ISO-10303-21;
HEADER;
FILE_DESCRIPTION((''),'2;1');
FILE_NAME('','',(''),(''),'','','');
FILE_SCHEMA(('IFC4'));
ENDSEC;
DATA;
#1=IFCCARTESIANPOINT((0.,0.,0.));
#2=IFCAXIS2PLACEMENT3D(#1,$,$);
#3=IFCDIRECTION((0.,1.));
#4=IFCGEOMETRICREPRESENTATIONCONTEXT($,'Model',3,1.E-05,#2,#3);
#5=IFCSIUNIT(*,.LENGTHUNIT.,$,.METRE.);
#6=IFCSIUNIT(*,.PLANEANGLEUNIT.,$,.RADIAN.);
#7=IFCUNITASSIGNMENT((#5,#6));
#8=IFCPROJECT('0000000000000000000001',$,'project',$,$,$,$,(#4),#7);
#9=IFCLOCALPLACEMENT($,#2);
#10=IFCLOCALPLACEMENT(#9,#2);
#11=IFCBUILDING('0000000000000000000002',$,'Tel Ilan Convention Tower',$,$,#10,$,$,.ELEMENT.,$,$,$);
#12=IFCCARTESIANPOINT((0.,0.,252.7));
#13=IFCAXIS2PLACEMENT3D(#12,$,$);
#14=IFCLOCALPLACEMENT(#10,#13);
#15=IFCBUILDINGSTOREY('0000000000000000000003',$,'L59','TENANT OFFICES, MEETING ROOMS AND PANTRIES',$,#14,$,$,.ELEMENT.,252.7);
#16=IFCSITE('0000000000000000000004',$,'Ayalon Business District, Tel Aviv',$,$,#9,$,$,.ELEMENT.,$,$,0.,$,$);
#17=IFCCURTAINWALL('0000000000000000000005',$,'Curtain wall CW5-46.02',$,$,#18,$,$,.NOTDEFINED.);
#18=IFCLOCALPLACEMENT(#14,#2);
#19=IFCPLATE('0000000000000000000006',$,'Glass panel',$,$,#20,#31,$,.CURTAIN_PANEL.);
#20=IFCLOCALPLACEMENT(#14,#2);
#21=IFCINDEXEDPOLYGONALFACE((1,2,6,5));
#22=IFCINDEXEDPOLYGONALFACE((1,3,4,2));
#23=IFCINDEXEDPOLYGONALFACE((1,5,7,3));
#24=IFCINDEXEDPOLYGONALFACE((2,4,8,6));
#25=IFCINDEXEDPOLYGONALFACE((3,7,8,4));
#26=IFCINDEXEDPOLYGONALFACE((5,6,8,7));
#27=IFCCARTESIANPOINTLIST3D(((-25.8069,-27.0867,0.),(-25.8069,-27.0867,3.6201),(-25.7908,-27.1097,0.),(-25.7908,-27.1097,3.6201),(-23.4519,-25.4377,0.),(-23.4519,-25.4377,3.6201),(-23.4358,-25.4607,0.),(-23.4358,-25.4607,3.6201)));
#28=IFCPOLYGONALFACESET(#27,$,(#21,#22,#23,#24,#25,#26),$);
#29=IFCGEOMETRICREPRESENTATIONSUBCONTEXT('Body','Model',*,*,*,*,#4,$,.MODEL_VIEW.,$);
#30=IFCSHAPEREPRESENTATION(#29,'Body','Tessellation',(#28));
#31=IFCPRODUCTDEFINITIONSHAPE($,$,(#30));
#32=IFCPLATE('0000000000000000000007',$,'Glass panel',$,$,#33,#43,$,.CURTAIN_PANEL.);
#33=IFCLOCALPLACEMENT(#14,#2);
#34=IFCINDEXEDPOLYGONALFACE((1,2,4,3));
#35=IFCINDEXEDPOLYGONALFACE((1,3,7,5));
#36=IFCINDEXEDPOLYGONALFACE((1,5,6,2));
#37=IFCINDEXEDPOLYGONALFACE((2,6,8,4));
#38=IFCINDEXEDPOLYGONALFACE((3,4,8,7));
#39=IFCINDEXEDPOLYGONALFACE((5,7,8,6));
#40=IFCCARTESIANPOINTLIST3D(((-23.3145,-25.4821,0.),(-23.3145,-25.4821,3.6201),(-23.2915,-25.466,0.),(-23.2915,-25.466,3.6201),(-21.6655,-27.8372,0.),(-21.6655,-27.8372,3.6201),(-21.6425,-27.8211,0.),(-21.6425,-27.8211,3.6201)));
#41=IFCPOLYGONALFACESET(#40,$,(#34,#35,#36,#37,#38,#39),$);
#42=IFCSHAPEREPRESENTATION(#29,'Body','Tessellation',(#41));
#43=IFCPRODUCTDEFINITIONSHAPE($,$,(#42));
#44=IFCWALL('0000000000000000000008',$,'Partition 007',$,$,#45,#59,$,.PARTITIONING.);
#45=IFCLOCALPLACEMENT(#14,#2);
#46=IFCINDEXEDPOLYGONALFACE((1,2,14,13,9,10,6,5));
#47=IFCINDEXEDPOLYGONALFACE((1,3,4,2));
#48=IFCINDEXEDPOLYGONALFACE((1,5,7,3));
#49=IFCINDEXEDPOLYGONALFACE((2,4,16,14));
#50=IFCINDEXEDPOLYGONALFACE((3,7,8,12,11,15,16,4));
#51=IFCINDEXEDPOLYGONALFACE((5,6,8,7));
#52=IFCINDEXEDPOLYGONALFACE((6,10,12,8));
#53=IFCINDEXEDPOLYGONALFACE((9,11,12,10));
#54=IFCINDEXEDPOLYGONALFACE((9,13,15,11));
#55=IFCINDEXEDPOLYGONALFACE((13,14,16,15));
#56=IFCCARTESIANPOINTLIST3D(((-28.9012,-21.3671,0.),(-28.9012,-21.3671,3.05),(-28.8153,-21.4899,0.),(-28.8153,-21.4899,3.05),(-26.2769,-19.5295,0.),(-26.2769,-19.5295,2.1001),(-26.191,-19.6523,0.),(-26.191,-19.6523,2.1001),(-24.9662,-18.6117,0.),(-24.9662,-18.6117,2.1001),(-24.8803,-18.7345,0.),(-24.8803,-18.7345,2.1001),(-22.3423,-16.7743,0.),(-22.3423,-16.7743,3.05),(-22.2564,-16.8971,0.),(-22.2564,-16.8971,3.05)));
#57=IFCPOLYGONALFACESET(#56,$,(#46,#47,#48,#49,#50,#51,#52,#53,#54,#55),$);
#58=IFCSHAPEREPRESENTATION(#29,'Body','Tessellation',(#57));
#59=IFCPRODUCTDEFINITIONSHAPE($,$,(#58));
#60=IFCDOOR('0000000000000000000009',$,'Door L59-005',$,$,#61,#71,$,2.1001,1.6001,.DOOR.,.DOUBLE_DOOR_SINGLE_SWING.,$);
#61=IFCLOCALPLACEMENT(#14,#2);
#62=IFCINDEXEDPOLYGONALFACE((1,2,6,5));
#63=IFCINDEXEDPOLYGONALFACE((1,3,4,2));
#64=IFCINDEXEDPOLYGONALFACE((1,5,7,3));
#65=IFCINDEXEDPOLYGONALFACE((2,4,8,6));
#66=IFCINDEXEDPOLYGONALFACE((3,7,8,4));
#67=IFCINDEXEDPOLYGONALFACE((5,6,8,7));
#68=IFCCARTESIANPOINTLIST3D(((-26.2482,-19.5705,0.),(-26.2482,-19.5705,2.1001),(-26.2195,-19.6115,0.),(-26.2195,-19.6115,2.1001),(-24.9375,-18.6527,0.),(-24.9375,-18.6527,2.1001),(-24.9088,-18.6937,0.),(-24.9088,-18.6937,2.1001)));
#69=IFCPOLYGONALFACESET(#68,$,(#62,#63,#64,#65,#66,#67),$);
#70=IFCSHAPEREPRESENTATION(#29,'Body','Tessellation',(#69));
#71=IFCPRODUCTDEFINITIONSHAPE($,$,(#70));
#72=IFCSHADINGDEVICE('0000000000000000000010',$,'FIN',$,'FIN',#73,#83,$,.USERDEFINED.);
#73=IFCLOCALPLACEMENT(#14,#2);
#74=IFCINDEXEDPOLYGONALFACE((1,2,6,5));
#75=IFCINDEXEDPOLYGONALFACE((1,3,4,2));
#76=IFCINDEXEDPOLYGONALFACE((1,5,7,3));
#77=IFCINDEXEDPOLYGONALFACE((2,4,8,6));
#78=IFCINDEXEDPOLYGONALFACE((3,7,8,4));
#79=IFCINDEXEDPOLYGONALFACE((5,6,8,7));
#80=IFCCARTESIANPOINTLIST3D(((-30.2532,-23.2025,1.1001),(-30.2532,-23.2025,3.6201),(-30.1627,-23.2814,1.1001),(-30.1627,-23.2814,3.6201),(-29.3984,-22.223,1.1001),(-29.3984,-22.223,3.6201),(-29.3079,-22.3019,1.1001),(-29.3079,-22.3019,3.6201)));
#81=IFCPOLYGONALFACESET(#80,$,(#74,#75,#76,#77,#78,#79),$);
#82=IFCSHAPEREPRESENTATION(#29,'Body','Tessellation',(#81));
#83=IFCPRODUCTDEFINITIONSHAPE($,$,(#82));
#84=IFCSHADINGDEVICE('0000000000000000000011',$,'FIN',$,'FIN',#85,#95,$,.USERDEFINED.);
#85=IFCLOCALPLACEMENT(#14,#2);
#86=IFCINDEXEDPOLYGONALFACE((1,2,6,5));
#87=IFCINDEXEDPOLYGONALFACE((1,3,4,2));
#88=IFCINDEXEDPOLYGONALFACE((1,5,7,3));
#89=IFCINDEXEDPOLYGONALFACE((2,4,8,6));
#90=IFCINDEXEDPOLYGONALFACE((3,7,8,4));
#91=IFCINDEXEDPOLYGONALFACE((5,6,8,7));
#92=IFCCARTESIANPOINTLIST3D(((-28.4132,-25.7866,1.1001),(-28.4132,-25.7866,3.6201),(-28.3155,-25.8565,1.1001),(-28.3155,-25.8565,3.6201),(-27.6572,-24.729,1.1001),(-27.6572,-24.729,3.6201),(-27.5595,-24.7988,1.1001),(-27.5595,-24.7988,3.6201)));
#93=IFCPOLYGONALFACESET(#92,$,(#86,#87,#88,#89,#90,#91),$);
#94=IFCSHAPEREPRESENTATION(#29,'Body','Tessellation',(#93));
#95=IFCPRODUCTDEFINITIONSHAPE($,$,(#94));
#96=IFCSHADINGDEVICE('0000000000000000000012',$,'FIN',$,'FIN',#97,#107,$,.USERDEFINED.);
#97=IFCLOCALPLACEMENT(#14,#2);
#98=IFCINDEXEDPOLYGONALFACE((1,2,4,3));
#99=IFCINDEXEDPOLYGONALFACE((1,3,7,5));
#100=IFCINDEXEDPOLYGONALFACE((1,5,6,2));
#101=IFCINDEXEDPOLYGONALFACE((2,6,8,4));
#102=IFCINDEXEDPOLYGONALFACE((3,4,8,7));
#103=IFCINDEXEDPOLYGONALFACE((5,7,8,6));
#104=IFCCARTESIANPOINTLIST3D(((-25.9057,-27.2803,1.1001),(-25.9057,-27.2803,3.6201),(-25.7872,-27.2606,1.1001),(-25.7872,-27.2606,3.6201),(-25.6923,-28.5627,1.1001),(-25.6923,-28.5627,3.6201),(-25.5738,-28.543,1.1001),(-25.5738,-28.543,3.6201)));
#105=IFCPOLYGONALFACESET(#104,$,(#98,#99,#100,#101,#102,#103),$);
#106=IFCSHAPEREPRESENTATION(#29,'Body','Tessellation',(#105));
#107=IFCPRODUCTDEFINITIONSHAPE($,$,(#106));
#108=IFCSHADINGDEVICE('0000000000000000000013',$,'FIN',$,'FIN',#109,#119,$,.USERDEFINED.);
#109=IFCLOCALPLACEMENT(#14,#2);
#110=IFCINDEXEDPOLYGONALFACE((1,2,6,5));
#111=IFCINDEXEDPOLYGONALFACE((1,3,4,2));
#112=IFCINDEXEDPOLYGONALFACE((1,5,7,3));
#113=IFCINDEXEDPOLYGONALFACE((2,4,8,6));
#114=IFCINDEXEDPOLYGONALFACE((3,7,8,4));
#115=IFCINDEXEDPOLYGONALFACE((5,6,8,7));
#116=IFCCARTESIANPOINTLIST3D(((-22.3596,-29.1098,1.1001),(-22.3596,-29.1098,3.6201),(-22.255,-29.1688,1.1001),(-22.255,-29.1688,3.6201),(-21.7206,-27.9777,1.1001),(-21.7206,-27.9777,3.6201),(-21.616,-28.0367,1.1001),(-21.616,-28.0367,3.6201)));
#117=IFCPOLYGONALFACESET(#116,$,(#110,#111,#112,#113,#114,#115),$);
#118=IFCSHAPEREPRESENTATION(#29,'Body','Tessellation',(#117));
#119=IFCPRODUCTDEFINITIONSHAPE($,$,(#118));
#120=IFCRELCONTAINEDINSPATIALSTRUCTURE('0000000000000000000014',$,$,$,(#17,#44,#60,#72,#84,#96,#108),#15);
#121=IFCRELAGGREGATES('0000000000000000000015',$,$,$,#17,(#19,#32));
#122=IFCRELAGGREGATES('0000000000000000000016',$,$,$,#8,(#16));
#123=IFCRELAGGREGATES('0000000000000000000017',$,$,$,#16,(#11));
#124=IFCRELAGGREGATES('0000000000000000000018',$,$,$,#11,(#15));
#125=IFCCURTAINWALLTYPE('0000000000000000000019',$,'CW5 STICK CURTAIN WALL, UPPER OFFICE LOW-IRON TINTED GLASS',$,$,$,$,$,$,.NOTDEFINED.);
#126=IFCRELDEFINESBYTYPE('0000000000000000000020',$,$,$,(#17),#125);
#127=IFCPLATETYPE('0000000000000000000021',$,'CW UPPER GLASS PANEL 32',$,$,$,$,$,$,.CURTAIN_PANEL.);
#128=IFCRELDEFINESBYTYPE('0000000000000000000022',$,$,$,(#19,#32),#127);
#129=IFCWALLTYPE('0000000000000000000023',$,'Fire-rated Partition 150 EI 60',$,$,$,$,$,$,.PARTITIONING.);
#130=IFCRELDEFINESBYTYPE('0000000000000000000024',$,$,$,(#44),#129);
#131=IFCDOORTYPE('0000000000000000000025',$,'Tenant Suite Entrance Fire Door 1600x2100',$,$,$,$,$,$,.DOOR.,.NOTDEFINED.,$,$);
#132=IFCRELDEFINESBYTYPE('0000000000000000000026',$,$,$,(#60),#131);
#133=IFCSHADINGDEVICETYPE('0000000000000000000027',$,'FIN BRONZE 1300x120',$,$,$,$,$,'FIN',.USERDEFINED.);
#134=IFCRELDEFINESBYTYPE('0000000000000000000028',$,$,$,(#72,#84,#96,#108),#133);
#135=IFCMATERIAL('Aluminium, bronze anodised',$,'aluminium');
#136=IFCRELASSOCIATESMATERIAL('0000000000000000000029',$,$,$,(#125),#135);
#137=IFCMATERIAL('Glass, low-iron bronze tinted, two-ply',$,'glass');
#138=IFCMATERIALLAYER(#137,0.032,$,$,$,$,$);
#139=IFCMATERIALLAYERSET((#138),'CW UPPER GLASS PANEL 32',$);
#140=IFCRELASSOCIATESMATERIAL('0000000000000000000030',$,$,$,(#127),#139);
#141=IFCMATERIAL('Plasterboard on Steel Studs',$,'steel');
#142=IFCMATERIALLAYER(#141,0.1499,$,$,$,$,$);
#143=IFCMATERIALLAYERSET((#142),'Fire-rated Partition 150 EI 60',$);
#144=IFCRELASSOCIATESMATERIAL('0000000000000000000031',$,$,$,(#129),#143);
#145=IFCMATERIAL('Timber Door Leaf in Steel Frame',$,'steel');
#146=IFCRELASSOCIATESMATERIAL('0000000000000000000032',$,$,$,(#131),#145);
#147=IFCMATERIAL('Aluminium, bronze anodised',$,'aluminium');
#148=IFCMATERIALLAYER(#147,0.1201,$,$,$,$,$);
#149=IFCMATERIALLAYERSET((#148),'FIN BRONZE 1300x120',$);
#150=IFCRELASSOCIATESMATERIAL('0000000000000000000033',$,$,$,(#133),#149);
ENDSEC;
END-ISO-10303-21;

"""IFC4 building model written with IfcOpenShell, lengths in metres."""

from ifc_helpers import new_model, si_unit, direction, frame, frame_2d, origin, origin_2d, place, context, subcontext, project, spatial, rectangle, extrude, material, layer, layer_set, type_object, element, fill, aggregate, save


model = new_model("IFC4")

# Units and contexts
model_context = context("Model", 3, precision=1e-05, world=origin(), true_north=direction((0.0, 1.0)))
body_context = subcontext(model_context, "Body", "Model", "MODEL_VIEW")
ifc_project = project(units=[si_unit("LENGTHUNIT", "METRE"), si_unit("PLANEANGLEUNIT", "RADIAN")], contexts=[model_context])

# Site, building, storey
site_placement = place(None, origin())
site = spatial("IfcSite", under=ifc_project, at=site_placement, Name="Ayalon Business District, Tel Aviv", CompositionType="ELEMENT", RefElevation=0.0)
building_placement = place(site_placement, origin())
building = spatial("IfcBuilding", under=site, at=building_placement, Name="Tel Ilan Convention Tower", CompositionType="ELEMENT")
storey_placement = place(building_placement, frame((0.0, 0.0, 252.7)))
storey = spatial("IfcBuildingStorey", under=building, at=storey_placement, Name="L59", Description="TENANT OFFICES, MEETING ROOMS AND PANTRIES", CompositionType="ELEMENT", Elevation=252.7)

# Curtain wall, plates
ifc_material_1 = material(Name="Aluminium, bronze anodised", Category="aluminium")
curtain_wall_type = type_object("IfcCurtainWallType", Name="CW5 STICK CURTAIN WALL, UPPER OFFICE LOW-IRON TINTED GLASS", PredefinedType="NOTDEFINED", material=ifc_material_1)
curtain_wall_placement = place(storey_placement, origin())
curtain_wall = element("IfcCurtainWall", 1, at=curtain_wall_placement, inside=storey, type_object=curtain_wall_type, Name="Curtain wall CW5-46.02", PredefinedType="NOTDEFINED")
ifc_material_2 = material(Name="Glass, low-iron bronze tinted, two-ply", Category="glass")
ifc_layer_1 = layer(ifc_material_2, 0.032)
ifc_layer_set_1 = layer_set([ifc_layer_1], Name="CW UPPER GLASS PANEL 32")
plate_type = type_object("IfcPlateType", Name="CW UPPER GLASS PANEL 32", PredefinedType="CURTAIN_PANEL", material=ifc_layer_set_1)
plate_1_placement = place(storey_placement, frame((-24.6213, -26.2737, 0.0), z_axis=(0.0, 0.0, 1.0), x_axis=(0.819152, 0.573576, 0.0)))
plate_1 = element("IfcPlate", 2, at=plate_1_placement, type_object=plate_type, Name="Glass panel", PredefinedType="CURTAIN_PANEL", context=body_context, shape_type="SweptSolid", body=[
    extrude(rectangle(XDim=2.875, YDim=0.0281, at=origin_2d()), origin(), (0.0, 0.0, 1.0), 3.6201),
])
plate_2_placement = place(storey_placement, frame((-22.4785, -26.6516, 0.0), z_axis=(0.0, 0.0, 1.0), x_axis=(0.573576, -0.819152, 0.0)))
plate_2 = element("IfcPlate", 3, at=plate_2_placement, type_object=plate_type, Name="Glass panel", PredefinedType="CURTAIN_PANEL", context=body_context, shape_type="SweptSolid", body=[
    extrude(rectangle(XDim=2.875, YDim=0.0281, at=origin_2d()), origin(), (0.0, 0.0, 1.0), 3.6201),
])
aggregate(curtain_wall, [plate_1, plate_2])

# Wall, opening, door
ifc_material_3 = material(Name="Plasterboard on Steel Studs", Category="steel")
ifc_layer_2 = layer(ifc_material_3, 0.1499)
ifc_layer_set_2 = layer_set([ifc_layer_2], Name="Fire-rated Partition 150 EI 60")
wall_type = type_object("IfcWallType", Name="Fire-rated Partition 150 EI 60", PredefinedType="PARTITIONING", material=ifc_layer_set_2)
wall_placement = place(storey_placement, frame((-28.8582, -21.4285, 0.0), z_axis=(0.0, 0.0, 1.0), x_axis=(0.819139, 0.573595, 0.0)))
wall = element("IfcWall", 4, at=wall_placement, inside=storey, type_object=wall_type, Name="Partition 007", PredefinedType="PARTITIONING", context=body_context, shape_type="SweptSolid", body=[
    extrude(rectangle(XDim=8.0071, YDim=0.1499, at=frame_2d((4.0034, 0.0))), origin(), (0.0, 0.0, 1.0), 3.05),
])
opening_placement = place(wall_placement, frame((3.2036, 0.0, 0.0)))
opening = element("IfcOpeningElement", 5, at=opening_placement, cuts=wall, PredefinedType="OPENING", context=body_context, shape_type="SweptSolid", body=[
    extrude(rectangle(XDim=1.6001, YDim=2.1001, at=frame_2d((0.8, 1.05))), frame((0.0, 0.085, 0.0), z_axis=(0.0, -1.0, 0.0), x_axis=(1.0, 0.0, 0.0)), (0.0, 0.0, 1.0), 0.1699),
])
ifc_material_4 = material(Name="Timber Door Leaf in Steel Frame", Category="steel")
door_type = type_object("IfcDoorType", Name="Tenant Suite Entrance Fire Door 1600x2100", OperationType="NOTDEFINED", PredefinedType="DOOR", material=ifc_material_4)
door_placement = place(opening_placement, origin())
door = element("IfcDoor", 6, at=door_placement, inside=storey, type_object=door_type, Name="Door L59-005", OperationType="DOUBLE_DOOR_SINGLE_SWING", OverallHeight=2.1001, OverallWidth=1.6001, PredefinedType="DOOR", context=body_context, shape_type="SweptSolid", body=[
    extrude(rectangle(XDim=1.6001, YDim=2.1001, at=frame_2d((0.8, 1.05))), frame((0.0, 0.0249, 0.0), z_axis=(0.0, -1.0, 0.0), x_axis=(1.0, 0.0, 0.0)), (0.0, 0.0, 1.0), 0.05),
])
fill(opening, door)

# Shading devices
ifc_material_5 = material(Name="Aluminium, bronze anodised", Category="aluminium")
ifc_layer_3 = layer(ifc_material_5, 0.1201)
ifc_layer_set_3 = layer_set([ifc_layer_3], Name="FIN BRONZE 1300x120")
shading_device_type = type_object("IfcShadingDeviceType", Name="FIN BRONZE 1300x120", ElementType="FIN", PredefinedType="USERDEFINED", material=ifc_layer_set_3)
for number, where, z_axis, x_axis, name in (
    (7, (-29.7805, -22.7522, 1.1001), (0.0, 0.0, 1.0), (-0.657521, -0.753436, 0.0), "FIN"),
    (8, (-27.9863, -25.2927, 1.1001), (0.0, 0.0, 1.0), (-0.581492, -0.813552, 0.0), "FIN"),
    (9, (-25.7397, -27.9116, 1.1001), (0.0, 0.0, 1.0), (0.164091, -0.986445, 0.0), "FIN"),
    (10, (-21.9878, -28.5732, 1.1001), (0.0, 0.0, 1.0), (-0.491579, -0.870833, 0.0), "FIN"),
):
    element("IfcShadingDevice", number, at=place(storey_placement, frame(where, z_axis=z_axis, x_axis=x_axis)), inside=storey, type_object=shading_device_type, Name=name, ObjectType="FIN", PredefinedType="USERDEFINED", context=body_context, shape_type="SweptSolid", body=[
        extrude(rectangle(XDim=1.3, YDim=0.1201, at=origin_2d()), origin(), (0.0, 0.0, 1.0), 2.52),
    ])

save(model, "model.ifc")
